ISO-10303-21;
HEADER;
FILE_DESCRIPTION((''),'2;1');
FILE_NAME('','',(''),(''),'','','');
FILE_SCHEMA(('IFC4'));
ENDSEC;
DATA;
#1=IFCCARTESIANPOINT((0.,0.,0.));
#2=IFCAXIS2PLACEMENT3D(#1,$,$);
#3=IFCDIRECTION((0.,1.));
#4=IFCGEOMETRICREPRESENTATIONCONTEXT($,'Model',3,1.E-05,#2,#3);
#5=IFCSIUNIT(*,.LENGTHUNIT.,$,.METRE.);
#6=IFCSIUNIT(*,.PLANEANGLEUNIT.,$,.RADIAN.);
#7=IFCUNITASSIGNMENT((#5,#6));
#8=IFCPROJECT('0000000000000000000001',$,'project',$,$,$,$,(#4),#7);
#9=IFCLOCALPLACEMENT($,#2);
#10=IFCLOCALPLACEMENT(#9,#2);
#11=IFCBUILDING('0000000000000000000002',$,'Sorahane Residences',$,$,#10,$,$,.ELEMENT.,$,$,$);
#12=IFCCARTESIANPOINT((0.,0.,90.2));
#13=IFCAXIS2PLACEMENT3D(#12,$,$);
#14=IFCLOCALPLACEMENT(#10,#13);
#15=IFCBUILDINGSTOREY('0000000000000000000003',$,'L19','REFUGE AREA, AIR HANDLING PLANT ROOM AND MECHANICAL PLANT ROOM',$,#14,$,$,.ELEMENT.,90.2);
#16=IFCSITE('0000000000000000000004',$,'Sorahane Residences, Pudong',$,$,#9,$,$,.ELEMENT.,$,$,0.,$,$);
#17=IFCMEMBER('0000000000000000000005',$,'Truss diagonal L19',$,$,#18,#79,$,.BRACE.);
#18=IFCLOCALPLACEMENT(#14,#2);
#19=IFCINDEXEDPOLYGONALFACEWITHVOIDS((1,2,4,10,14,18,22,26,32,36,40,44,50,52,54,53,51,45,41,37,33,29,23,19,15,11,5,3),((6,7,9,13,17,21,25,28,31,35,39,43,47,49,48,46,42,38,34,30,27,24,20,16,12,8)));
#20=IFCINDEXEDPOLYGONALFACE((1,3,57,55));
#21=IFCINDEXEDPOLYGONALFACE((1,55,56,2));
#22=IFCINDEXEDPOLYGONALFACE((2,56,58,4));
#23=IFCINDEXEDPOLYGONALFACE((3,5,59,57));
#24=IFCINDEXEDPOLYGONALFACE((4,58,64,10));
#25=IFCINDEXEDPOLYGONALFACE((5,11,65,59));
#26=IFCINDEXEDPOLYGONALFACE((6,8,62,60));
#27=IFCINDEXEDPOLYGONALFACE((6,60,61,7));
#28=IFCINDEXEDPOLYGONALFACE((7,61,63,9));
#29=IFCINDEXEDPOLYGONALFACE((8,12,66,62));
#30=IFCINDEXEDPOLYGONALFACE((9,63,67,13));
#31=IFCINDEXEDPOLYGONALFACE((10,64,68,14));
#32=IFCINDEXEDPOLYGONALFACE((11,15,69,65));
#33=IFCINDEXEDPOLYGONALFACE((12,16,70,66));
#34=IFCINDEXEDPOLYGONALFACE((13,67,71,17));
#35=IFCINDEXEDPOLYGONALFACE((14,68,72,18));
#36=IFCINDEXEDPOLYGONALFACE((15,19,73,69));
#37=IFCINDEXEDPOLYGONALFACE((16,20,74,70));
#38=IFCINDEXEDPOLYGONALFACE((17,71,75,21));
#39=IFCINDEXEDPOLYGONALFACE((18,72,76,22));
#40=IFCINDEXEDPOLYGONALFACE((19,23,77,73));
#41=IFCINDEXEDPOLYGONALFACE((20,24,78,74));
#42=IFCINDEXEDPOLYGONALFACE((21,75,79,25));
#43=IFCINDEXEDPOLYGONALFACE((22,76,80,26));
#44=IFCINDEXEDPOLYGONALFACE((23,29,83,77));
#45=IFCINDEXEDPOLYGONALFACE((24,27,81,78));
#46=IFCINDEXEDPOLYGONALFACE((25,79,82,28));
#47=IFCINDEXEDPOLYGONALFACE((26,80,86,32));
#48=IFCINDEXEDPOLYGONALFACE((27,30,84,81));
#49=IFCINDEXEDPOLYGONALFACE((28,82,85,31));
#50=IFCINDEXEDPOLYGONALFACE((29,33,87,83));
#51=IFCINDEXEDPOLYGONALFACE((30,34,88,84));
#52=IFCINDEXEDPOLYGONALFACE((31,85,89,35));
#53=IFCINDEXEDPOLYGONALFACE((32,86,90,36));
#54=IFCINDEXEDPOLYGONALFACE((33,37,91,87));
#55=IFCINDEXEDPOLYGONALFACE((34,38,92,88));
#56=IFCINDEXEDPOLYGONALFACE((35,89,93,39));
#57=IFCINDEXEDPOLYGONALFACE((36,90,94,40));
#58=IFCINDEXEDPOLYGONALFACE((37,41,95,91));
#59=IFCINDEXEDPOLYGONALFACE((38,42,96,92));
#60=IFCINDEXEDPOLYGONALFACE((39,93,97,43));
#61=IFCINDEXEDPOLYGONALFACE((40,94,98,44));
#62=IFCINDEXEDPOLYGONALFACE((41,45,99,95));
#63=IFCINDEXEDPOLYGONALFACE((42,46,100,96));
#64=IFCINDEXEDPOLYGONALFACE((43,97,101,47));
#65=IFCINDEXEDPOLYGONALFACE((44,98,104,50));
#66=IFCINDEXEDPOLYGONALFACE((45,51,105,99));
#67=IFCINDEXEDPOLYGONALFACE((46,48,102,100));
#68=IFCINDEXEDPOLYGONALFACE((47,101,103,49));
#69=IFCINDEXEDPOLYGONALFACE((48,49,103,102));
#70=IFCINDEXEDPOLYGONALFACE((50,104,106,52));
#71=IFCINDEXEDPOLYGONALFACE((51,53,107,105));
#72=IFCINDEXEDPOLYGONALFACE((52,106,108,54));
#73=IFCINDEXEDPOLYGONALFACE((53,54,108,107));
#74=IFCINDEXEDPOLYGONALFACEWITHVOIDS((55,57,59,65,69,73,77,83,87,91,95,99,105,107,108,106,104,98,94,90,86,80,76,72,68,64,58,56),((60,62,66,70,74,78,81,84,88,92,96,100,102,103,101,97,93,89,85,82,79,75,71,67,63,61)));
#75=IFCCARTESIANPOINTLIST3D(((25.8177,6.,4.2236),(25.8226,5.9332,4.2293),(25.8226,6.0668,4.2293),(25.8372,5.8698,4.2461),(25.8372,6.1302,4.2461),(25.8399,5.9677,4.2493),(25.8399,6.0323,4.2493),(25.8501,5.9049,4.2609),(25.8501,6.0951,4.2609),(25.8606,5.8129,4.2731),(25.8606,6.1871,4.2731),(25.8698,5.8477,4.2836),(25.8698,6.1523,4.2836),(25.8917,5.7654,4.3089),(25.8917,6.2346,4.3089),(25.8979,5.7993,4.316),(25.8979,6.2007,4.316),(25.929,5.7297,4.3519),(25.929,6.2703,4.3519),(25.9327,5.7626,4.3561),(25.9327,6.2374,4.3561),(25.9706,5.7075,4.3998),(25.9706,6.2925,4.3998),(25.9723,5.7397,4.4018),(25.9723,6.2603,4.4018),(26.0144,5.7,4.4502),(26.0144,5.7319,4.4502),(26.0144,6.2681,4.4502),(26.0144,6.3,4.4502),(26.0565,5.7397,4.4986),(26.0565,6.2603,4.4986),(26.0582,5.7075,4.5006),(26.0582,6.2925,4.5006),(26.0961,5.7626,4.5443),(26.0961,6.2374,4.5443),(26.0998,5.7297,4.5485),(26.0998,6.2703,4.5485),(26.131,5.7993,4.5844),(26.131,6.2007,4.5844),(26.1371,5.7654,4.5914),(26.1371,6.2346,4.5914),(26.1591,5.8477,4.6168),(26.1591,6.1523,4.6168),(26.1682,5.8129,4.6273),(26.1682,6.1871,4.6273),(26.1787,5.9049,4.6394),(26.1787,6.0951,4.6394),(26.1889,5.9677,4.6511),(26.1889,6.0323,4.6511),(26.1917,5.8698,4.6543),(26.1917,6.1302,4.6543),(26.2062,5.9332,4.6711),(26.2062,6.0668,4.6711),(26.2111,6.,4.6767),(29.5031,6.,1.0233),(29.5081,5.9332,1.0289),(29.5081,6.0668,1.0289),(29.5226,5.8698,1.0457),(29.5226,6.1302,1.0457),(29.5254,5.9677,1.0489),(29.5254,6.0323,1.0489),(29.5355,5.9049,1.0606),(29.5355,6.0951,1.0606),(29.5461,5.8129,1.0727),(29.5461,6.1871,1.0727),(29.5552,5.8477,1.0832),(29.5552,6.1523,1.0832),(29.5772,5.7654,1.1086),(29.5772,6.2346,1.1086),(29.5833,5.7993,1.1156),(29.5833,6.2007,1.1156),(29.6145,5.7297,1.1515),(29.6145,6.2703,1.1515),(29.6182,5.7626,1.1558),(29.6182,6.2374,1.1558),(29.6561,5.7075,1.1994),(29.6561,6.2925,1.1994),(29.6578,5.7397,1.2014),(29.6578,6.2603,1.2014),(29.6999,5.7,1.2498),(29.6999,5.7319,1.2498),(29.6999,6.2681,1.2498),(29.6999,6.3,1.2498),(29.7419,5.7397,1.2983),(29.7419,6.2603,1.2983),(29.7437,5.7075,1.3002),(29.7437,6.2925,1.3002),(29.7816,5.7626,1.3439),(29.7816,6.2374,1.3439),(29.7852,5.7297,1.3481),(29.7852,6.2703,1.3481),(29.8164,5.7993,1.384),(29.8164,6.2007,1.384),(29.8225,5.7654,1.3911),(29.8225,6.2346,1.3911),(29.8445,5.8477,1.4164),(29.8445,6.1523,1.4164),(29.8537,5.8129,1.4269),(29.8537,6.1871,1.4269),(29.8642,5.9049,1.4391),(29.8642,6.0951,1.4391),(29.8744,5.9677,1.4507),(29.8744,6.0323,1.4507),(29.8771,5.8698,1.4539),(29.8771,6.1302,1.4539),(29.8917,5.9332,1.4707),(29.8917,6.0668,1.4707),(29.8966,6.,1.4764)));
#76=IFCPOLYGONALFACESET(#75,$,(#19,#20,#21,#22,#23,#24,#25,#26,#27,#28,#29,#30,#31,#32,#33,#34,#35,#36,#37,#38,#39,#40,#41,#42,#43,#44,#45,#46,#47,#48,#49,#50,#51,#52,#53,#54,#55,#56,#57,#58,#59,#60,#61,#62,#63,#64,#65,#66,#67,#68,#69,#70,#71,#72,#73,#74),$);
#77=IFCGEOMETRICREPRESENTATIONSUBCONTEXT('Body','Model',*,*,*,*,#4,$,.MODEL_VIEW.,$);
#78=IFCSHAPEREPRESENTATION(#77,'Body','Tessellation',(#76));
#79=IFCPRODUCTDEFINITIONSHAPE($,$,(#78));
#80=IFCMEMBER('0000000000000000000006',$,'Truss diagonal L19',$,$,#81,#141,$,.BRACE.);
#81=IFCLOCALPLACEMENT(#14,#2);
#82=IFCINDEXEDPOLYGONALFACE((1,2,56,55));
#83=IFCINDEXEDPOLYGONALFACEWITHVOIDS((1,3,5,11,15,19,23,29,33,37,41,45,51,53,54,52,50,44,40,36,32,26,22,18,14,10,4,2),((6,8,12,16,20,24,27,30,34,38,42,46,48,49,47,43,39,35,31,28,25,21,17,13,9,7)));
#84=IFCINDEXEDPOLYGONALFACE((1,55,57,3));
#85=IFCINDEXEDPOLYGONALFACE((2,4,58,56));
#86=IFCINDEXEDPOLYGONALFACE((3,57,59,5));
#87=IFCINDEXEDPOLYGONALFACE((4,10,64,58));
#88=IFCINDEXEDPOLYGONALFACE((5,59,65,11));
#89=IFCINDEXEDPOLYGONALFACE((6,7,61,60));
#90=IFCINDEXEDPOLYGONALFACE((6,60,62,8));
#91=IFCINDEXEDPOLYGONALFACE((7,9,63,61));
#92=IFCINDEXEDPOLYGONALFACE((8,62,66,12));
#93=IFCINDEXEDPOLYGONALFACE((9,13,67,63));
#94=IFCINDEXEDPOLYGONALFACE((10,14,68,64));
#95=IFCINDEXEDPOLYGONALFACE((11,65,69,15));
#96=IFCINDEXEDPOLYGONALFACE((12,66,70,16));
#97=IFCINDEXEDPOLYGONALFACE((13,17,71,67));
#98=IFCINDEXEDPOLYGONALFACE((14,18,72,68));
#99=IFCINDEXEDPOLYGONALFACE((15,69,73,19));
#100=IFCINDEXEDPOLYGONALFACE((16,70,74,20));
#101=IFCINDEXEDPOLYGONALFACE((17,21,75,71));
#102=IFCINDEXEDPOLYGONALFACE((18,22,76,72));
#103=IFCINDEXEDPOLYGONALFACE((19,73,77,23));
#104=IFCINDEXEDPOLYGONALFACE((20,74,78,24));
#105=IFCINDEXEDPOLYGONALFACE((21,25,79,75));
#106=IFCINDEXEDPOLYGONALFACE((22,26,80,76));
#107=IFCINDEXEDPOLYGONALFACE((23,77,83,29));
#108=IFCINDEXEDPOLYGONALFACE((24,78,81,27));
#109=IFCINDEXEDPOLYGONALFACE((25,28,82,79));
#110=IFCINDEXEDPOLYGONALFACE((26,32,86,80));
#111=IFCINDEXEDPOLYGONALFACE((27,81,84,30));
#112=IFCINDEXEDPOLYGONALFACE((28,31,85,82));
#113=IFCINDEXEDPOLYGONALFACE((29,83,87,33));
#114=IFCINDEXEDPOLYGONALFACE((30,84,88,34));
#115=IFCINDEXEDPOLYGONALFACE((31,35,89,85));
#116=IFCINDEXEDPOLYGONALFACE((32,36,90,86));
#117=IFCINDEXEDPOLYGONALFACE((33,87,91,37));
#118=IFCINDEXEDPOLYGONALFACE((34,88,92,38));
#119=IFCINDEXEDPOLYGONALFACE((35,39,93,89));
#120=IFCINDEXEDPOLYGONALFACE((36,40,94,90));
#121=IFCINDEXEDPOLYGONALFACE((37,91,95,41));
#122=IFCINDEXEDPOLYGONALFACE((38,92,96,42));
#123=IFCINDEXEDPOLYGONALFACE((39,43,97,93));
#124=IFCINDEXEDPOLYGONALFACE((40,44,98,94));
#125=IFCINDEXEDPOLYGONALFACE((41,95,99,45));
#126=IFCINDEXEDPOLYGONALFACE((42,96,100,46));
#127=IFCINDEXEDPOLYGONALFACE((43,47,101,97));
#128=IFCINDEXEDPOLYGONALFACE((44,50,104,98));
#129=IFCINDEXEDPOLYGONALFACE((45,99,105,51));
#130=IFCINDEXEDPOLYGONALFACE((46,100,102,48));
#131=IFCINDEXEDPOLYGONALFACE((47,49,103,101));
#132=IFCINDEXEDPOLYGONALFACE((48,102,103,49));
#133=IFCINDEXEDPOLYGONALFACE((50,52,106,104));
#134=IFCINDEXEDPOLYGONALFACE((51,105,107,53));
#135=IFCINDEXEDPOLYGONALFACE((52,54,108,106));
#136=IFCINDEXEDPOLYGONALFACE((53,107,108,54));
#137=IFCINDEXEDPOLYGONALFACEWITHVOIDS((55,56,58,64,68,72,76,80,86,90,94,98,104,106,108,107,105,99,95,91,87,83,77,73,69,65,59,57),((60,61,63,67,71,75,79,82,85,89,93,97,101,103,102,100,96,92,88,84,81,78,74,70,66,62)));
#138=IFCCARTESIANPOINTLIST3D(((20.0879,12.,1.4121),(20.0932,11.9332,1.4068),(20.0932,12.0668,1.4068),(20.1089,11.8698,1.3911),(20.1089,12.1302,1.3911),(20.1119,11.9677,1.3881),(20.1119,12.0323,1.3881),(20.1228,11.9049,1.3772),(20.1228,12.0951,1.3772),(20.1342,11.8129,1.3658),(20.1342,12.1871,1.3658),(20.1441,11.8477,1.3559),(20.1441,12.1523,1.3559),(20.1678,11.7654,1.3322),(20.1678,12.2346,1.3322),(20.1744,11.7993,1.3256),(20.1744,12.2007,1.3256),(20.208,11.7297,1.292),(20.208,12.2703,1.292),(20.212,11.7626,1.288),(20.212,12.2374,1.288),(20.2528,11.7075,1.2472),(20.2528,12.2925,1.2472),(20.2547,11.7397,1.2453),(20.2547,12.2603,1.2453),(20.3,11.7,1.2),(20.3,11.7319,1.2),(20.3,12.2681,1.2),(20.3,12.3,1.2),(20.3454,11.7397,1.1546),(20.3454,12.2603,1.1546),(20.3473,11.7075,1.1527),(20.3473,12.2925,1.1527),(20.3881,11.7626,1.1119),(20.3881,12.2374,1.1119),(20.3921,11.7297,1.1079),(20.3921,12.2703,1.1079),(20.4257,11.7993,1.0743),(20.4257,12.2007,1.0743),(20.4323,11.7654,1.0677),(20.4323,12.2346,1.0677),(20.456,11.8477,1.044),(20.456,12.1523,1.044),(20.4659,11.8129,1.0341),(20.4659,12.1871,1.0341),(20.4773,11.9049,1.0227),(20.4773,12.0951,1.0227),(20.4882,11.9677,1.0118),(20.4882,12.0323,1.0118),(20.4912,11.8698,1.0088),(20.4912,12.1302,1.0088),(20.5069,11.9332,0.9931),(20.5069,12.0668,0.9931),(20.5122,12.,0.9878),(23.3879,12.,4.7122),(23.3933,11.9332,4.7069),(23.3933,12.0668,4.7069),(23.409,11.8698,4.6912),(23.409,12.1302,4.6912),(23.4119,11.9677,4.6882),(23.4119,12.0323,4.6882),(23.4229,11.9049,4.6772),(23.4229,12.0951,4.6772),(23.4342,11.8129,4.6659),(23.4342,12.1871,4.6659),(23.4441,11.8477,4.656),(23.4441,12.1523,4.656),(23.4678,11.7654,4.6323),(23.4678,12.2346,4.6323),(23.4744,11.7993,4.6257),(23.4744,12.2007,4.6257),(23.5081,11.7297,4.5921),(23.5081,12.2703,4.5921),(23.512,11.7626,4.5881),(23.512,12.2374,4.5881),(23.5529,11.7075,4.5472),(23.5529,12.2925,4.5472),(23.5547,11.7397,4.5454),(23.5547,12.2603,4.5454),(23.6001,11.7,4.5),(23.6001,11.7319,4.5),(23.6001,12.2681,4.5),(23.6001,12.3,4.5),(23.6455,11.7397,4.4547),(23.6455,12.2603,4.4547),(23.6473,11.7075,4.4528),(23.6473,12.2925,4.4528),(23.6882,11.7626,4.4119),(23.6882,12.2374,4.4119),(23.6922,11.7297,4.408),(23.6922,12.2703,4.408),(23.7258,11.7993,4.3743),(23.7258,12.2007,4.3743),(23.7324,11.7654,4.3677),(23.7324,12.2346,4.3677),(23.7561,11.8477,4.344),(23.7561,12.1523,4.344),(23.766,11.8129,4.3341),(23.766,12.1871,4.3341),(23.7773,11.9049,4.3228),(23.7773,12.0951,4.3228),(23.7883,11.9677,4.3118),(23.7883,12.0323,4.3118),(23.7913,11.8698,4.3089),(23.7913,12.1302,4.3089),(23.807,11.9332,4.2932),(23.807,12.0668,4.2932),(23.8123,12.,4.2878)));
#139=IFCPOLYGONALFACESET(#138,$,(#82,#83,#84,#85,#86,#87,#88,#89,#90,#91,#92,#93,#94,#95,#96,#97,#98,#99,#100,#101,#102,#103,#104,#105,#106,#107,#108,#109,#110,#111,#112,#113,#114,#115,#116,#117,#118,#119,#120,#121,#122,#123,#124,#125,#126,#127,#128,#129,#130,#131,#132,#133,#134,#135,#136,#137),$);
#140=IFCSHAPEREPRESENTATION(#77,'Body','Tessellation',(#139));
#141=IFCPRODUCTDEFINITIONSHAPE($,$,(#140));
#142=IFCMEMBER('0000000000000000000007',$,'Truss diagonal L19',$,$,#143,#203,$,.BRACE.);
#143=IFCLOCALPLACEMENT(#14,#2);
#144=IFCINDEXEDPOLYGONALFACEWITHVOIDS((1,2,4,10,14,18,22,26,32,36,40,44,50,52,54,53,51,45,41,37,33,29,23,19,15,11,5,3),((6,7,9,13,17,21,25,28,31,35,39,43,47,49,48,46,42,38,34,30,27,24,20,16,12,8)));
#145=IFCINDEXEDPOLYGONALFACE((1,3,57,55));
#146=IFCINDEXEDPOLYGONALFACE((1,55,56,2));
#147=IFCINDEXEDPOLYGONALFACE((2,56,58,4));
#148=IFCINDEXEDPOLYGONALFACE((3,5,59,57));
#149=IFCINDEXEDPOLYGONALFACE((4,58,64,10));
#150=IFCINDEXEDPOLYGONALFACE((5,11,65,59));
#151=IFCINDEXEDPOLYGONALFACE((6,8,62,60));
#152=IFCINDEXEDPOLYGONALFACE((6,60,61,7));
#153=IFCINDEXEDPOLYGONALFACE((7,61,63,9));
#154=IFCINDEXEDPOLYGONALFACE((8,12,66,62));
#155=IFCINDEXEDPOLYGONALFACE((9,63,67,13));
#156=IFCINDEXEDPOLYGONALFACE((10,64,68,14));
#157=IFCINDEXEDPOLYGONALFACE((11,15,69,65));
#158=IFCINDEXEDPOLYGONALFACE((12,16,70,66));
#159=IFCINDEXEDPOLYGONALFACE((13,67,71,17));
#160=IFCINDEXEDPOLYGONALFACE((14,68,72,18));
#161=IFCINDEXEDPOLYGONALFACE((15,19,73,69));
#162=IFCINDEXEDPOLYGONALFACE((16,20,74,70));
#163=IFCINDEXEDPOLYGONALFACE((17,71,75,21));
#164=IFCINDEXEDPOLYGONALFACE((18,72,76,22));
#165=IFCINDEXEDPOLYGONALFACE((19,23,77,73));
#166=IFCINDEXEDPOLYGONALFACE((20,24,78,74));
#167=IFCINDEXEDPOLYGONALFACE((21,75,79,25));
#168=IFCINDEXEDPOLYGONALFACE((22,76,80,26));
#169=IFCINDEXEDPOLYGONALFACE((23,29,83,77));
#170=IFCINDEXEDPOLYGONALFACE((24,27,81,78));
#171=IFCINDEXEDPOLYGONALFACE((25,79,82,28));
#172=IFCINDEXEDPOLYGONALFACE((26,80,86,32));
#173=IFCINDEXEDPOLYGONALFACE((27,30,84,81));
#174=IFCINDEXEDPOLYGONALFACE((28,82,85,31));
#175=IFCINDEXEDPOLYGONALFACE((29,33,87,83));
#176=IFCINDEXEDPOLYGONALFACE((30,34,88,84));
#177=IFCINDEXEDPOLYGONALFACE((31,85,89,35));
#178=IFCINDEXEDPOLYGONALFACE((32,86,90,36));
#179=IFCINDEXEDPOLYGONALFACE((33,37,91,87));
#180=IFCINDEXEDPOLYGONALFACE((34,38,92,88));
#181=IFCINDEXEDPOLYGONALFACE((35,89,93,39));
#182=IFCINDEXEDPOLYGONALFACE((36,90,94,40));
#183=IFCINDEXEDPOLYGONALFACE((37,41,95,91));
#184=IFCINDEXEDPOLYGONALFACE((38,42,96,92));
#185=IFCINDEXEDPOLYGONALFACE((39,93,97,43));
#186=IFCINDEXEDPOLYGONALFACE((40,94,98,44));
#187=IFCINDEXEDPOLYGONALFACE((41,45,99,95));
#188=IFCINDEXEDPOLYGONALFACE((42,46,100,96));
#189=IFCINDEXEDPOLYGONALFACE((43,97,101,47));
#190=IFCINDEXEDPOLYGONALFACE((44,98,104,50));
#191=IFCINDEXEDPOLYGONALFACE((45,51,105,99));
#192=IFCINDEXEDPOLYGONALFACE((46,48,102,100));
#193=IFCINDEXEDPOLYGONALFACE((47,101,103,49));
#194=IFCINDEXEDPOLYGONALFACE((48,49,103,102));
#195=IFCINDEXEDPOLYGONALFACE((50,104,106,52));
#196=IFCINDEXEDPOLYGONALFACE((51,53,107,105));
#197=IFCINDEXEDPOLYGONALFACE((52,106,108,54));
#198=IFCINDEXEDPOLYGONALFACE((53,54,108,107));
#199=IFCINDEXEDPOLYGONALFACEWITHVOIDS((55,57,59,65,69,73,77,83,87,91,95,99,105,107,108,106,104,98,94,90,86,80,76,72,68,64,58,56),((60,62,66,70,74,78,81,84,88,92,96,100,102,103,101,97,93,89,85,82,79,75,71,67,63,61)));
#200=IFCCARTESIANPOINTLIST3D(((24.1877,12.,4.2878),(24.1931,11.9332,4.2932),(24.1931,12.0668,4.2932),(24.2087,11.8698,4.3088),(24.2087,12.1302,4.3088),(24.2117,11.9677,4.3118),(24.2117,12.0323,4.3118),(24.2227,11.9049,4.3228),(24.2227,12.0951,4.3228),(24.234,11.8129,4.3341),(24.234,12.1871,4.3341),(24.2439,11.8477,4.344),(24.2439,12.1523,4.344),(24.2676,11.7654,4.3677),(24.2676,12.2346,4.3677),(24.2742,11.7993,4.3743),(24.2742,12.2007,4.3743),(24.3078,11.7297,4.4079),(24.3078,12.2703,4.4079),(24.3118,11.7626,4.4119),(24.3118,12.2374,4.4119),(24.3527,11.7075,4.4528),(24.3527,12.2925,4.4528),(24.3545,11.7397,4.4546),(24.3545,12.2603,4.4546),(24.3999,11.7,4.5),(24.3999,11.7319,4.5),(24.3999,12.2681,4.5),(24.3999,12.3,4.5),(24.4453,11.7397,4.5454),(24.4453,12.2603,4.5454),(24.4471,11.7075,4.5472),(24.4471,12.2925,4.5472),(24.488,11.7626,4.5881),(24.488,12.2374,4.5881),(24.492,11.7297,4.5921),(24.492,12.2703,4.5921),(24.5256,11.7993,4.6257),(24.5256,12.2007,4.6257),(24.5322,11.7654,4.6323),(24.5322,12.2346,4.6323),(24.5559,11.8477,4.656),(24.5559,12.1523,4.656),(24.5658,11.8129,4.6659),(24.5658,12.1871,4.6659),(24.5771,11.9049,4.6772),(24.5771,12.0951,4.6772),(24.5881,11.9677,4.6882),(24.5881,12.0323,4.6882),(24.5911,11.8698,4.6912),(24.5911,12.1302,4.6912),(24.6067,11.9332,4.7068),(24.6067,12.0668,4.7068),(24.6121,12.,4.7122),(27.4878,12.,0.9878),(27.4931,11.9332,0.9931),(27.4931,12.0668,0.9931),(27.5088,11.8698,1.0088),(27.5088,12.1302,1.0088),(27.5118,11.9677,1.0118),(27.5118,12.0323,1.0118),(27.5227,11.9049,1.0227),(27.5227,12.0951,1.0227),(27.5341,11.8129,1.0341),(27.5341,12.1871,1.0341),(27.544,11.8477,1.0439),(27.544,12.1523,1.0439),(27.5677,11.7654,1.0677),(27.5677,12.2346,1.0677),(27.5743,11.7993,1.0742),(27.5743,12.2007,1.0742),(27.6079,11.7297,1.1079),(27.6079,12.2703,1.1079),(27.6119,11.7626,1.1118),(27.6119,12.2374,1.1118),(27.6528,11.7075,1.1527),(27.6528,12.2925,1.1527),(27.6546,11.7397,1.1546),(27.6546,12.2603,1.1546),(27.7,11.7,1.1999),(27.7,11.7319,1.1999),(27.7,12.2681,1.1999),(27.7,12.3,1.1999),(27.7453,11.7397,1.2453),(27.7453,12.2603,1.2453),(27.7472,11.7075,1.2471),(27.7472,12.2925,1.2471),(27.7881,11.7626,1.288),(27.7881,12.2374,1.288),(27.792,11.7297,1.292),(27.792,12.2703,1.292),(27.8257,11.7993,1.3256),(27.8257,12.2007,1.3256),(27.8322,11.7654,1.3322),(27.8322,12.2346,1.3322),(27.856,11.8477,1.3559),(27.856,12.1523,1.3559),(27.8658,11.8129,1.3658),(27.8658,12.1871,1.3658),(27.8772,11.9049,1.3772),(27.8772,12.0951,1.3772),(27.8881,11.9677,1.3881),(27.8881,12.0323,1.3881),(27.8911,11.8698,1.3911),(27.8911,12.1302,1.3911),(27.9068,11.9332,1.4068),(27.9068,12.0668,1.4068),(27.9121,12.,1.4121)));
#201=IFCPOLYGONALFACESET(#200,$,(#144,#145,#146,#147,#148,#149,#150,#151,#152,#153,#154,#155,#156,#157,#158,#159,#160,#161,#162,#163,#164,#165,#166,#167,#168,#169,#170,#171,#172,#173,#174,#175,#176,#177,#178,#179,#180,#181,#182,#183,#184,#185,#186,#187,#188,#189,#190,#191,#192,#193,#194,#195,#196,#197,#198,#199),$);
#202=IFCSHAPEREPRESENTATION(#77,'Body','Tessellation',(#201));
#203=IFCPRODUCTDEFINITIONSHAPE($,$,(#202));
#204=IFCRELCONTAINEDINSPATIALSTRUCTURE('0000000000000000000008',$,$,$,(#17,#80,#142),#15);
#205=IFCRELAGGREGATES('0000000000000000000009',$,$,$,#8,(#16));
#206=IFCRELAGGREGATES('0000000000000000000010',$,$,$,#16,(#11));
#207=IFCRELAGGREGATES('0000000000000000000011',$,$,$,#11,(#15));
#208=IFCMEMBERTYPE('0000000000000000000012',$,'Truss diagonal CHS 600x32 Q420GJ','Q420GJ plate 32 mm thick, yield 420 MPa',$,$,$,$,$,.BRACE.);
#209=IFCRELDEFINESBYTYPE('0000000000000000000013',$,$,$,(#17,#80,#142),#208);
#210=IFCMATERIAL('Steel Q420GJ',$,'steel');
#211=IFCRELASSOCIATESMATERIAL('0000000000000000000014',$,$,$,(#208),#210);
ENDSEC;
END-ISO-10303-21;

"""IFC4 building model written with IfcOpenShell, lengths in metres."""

from ifc_helpers import new_model, si_unit, direction, frame, origin, origin_2d, place, context, subcontext, project, spatial, hollow_circle, extrude, material, material_profile, profile_set, type_object, element, save


model = new_model("IFC4")

# Units and contexts
model_context = context("Model", 3, precision=1e-05, world=origin(), true_north=direction((0.0, 1.0)))
body_context = subcontext(model_context, "Body", "Model", "MODEL_VIEW")
ifc_project = project(units=[si_unit("LENGTHUNIT", "METRE"), si_unit("PLANEANGLEUNIT", "RADIAN")], contexts=[model_context])

# Site, building, storey
site_placement = place(None, origin())
site = spatial("IfcSite", under=ifc_project, at=site_placement, Name="Sorahane Residences, Pudong", CompositionType="ELEMENT", RefElevation=0.0)
building_placement = place(site_placement, origin())
building = spatial("IfcBuilding", under=site, at=building_placement, Name="Sorahane Residences", CompositionType="ELEMENT")
storey_placement = place(building_placement, frame((0.0, 0.0, 90.2)))
storey = spatial("IfcBuildingStorey", under=building, at=storey_placement, Name="L19", Description="REFUGE AREA, AIR HANDLING PLANT ROOM AND MECHANICAL PLANT ROOM", CompositionType="ELEMENT", Elevation=90.2)

# Members
ifc_material_1 = material(Name="Steel Q420GJ", Category="steel")
ifc_material_profile_1 = material_profile(ifc_material_1, hollow_circle(Radius=0.3, WallThickness=0.032, at=origin_2d()), Name="CHS 600x32")
ifc_profile_set_1 = profile_set([ifc_material_profile_1], Name="Steel Q420GJ")
member_type = type_object("IfcMemberType", Name="Truss diagonal CHS 600x32 Q420GJ", Description="Q420GJ plate 32 mm thick, yield 420 MPa", PredefinedType="BRACE", material=ifc_profile_set_1)
member_1_placement = place(storey_placement, frame((26.0144, 6.0, 4.4502), z_axis=(0.75505, 0.0, -0.655667), x_axis=(0.0, 1.0, 0.0)))
element("IfcMember", 1, at=member_1_placement, inside=storey, type_object=member_type, Name="Truss diagonal L19", PredefinedType="BRACE", context=body_context, shape_type="SweptSolid", body=[
    extrude(hollow_circle(Radius=0.3, WallThickness=0.032, at=origin_2d()), origin(), (0.0, 0.0, 1.0), 4.8811),
])
for number, where, z_axis, x_axis, name in (
    (2, (20.3, 12.0, 1.2), (0.707107, 0.0, 0.707107), (0.0, 1.0, 0.0), "Truss diagonal L19"),
    (3, (24.3999, 12.0, 4.5), (0.707107, 0.0, -0.707107), (0.0, 1.0, 0.0), "Truss diagonal L19"),
):
    element("IfcMember", number, at=place(storey_placement, frame(where, z_axis=z_axis, x_axis=x_axis)), inside=storey, type_object=member_type, Name=name, PredefinedType="BRACE", context=body_context, shape_type="SweptSolid", body=[
        extrude(hollow_circle(Radius=0.3, WallThickness=0.032, at=origin_2d()), origin(), (0.0, 0.0, 1.0), 4.667),
    ])

save(model, "model.ifc")
